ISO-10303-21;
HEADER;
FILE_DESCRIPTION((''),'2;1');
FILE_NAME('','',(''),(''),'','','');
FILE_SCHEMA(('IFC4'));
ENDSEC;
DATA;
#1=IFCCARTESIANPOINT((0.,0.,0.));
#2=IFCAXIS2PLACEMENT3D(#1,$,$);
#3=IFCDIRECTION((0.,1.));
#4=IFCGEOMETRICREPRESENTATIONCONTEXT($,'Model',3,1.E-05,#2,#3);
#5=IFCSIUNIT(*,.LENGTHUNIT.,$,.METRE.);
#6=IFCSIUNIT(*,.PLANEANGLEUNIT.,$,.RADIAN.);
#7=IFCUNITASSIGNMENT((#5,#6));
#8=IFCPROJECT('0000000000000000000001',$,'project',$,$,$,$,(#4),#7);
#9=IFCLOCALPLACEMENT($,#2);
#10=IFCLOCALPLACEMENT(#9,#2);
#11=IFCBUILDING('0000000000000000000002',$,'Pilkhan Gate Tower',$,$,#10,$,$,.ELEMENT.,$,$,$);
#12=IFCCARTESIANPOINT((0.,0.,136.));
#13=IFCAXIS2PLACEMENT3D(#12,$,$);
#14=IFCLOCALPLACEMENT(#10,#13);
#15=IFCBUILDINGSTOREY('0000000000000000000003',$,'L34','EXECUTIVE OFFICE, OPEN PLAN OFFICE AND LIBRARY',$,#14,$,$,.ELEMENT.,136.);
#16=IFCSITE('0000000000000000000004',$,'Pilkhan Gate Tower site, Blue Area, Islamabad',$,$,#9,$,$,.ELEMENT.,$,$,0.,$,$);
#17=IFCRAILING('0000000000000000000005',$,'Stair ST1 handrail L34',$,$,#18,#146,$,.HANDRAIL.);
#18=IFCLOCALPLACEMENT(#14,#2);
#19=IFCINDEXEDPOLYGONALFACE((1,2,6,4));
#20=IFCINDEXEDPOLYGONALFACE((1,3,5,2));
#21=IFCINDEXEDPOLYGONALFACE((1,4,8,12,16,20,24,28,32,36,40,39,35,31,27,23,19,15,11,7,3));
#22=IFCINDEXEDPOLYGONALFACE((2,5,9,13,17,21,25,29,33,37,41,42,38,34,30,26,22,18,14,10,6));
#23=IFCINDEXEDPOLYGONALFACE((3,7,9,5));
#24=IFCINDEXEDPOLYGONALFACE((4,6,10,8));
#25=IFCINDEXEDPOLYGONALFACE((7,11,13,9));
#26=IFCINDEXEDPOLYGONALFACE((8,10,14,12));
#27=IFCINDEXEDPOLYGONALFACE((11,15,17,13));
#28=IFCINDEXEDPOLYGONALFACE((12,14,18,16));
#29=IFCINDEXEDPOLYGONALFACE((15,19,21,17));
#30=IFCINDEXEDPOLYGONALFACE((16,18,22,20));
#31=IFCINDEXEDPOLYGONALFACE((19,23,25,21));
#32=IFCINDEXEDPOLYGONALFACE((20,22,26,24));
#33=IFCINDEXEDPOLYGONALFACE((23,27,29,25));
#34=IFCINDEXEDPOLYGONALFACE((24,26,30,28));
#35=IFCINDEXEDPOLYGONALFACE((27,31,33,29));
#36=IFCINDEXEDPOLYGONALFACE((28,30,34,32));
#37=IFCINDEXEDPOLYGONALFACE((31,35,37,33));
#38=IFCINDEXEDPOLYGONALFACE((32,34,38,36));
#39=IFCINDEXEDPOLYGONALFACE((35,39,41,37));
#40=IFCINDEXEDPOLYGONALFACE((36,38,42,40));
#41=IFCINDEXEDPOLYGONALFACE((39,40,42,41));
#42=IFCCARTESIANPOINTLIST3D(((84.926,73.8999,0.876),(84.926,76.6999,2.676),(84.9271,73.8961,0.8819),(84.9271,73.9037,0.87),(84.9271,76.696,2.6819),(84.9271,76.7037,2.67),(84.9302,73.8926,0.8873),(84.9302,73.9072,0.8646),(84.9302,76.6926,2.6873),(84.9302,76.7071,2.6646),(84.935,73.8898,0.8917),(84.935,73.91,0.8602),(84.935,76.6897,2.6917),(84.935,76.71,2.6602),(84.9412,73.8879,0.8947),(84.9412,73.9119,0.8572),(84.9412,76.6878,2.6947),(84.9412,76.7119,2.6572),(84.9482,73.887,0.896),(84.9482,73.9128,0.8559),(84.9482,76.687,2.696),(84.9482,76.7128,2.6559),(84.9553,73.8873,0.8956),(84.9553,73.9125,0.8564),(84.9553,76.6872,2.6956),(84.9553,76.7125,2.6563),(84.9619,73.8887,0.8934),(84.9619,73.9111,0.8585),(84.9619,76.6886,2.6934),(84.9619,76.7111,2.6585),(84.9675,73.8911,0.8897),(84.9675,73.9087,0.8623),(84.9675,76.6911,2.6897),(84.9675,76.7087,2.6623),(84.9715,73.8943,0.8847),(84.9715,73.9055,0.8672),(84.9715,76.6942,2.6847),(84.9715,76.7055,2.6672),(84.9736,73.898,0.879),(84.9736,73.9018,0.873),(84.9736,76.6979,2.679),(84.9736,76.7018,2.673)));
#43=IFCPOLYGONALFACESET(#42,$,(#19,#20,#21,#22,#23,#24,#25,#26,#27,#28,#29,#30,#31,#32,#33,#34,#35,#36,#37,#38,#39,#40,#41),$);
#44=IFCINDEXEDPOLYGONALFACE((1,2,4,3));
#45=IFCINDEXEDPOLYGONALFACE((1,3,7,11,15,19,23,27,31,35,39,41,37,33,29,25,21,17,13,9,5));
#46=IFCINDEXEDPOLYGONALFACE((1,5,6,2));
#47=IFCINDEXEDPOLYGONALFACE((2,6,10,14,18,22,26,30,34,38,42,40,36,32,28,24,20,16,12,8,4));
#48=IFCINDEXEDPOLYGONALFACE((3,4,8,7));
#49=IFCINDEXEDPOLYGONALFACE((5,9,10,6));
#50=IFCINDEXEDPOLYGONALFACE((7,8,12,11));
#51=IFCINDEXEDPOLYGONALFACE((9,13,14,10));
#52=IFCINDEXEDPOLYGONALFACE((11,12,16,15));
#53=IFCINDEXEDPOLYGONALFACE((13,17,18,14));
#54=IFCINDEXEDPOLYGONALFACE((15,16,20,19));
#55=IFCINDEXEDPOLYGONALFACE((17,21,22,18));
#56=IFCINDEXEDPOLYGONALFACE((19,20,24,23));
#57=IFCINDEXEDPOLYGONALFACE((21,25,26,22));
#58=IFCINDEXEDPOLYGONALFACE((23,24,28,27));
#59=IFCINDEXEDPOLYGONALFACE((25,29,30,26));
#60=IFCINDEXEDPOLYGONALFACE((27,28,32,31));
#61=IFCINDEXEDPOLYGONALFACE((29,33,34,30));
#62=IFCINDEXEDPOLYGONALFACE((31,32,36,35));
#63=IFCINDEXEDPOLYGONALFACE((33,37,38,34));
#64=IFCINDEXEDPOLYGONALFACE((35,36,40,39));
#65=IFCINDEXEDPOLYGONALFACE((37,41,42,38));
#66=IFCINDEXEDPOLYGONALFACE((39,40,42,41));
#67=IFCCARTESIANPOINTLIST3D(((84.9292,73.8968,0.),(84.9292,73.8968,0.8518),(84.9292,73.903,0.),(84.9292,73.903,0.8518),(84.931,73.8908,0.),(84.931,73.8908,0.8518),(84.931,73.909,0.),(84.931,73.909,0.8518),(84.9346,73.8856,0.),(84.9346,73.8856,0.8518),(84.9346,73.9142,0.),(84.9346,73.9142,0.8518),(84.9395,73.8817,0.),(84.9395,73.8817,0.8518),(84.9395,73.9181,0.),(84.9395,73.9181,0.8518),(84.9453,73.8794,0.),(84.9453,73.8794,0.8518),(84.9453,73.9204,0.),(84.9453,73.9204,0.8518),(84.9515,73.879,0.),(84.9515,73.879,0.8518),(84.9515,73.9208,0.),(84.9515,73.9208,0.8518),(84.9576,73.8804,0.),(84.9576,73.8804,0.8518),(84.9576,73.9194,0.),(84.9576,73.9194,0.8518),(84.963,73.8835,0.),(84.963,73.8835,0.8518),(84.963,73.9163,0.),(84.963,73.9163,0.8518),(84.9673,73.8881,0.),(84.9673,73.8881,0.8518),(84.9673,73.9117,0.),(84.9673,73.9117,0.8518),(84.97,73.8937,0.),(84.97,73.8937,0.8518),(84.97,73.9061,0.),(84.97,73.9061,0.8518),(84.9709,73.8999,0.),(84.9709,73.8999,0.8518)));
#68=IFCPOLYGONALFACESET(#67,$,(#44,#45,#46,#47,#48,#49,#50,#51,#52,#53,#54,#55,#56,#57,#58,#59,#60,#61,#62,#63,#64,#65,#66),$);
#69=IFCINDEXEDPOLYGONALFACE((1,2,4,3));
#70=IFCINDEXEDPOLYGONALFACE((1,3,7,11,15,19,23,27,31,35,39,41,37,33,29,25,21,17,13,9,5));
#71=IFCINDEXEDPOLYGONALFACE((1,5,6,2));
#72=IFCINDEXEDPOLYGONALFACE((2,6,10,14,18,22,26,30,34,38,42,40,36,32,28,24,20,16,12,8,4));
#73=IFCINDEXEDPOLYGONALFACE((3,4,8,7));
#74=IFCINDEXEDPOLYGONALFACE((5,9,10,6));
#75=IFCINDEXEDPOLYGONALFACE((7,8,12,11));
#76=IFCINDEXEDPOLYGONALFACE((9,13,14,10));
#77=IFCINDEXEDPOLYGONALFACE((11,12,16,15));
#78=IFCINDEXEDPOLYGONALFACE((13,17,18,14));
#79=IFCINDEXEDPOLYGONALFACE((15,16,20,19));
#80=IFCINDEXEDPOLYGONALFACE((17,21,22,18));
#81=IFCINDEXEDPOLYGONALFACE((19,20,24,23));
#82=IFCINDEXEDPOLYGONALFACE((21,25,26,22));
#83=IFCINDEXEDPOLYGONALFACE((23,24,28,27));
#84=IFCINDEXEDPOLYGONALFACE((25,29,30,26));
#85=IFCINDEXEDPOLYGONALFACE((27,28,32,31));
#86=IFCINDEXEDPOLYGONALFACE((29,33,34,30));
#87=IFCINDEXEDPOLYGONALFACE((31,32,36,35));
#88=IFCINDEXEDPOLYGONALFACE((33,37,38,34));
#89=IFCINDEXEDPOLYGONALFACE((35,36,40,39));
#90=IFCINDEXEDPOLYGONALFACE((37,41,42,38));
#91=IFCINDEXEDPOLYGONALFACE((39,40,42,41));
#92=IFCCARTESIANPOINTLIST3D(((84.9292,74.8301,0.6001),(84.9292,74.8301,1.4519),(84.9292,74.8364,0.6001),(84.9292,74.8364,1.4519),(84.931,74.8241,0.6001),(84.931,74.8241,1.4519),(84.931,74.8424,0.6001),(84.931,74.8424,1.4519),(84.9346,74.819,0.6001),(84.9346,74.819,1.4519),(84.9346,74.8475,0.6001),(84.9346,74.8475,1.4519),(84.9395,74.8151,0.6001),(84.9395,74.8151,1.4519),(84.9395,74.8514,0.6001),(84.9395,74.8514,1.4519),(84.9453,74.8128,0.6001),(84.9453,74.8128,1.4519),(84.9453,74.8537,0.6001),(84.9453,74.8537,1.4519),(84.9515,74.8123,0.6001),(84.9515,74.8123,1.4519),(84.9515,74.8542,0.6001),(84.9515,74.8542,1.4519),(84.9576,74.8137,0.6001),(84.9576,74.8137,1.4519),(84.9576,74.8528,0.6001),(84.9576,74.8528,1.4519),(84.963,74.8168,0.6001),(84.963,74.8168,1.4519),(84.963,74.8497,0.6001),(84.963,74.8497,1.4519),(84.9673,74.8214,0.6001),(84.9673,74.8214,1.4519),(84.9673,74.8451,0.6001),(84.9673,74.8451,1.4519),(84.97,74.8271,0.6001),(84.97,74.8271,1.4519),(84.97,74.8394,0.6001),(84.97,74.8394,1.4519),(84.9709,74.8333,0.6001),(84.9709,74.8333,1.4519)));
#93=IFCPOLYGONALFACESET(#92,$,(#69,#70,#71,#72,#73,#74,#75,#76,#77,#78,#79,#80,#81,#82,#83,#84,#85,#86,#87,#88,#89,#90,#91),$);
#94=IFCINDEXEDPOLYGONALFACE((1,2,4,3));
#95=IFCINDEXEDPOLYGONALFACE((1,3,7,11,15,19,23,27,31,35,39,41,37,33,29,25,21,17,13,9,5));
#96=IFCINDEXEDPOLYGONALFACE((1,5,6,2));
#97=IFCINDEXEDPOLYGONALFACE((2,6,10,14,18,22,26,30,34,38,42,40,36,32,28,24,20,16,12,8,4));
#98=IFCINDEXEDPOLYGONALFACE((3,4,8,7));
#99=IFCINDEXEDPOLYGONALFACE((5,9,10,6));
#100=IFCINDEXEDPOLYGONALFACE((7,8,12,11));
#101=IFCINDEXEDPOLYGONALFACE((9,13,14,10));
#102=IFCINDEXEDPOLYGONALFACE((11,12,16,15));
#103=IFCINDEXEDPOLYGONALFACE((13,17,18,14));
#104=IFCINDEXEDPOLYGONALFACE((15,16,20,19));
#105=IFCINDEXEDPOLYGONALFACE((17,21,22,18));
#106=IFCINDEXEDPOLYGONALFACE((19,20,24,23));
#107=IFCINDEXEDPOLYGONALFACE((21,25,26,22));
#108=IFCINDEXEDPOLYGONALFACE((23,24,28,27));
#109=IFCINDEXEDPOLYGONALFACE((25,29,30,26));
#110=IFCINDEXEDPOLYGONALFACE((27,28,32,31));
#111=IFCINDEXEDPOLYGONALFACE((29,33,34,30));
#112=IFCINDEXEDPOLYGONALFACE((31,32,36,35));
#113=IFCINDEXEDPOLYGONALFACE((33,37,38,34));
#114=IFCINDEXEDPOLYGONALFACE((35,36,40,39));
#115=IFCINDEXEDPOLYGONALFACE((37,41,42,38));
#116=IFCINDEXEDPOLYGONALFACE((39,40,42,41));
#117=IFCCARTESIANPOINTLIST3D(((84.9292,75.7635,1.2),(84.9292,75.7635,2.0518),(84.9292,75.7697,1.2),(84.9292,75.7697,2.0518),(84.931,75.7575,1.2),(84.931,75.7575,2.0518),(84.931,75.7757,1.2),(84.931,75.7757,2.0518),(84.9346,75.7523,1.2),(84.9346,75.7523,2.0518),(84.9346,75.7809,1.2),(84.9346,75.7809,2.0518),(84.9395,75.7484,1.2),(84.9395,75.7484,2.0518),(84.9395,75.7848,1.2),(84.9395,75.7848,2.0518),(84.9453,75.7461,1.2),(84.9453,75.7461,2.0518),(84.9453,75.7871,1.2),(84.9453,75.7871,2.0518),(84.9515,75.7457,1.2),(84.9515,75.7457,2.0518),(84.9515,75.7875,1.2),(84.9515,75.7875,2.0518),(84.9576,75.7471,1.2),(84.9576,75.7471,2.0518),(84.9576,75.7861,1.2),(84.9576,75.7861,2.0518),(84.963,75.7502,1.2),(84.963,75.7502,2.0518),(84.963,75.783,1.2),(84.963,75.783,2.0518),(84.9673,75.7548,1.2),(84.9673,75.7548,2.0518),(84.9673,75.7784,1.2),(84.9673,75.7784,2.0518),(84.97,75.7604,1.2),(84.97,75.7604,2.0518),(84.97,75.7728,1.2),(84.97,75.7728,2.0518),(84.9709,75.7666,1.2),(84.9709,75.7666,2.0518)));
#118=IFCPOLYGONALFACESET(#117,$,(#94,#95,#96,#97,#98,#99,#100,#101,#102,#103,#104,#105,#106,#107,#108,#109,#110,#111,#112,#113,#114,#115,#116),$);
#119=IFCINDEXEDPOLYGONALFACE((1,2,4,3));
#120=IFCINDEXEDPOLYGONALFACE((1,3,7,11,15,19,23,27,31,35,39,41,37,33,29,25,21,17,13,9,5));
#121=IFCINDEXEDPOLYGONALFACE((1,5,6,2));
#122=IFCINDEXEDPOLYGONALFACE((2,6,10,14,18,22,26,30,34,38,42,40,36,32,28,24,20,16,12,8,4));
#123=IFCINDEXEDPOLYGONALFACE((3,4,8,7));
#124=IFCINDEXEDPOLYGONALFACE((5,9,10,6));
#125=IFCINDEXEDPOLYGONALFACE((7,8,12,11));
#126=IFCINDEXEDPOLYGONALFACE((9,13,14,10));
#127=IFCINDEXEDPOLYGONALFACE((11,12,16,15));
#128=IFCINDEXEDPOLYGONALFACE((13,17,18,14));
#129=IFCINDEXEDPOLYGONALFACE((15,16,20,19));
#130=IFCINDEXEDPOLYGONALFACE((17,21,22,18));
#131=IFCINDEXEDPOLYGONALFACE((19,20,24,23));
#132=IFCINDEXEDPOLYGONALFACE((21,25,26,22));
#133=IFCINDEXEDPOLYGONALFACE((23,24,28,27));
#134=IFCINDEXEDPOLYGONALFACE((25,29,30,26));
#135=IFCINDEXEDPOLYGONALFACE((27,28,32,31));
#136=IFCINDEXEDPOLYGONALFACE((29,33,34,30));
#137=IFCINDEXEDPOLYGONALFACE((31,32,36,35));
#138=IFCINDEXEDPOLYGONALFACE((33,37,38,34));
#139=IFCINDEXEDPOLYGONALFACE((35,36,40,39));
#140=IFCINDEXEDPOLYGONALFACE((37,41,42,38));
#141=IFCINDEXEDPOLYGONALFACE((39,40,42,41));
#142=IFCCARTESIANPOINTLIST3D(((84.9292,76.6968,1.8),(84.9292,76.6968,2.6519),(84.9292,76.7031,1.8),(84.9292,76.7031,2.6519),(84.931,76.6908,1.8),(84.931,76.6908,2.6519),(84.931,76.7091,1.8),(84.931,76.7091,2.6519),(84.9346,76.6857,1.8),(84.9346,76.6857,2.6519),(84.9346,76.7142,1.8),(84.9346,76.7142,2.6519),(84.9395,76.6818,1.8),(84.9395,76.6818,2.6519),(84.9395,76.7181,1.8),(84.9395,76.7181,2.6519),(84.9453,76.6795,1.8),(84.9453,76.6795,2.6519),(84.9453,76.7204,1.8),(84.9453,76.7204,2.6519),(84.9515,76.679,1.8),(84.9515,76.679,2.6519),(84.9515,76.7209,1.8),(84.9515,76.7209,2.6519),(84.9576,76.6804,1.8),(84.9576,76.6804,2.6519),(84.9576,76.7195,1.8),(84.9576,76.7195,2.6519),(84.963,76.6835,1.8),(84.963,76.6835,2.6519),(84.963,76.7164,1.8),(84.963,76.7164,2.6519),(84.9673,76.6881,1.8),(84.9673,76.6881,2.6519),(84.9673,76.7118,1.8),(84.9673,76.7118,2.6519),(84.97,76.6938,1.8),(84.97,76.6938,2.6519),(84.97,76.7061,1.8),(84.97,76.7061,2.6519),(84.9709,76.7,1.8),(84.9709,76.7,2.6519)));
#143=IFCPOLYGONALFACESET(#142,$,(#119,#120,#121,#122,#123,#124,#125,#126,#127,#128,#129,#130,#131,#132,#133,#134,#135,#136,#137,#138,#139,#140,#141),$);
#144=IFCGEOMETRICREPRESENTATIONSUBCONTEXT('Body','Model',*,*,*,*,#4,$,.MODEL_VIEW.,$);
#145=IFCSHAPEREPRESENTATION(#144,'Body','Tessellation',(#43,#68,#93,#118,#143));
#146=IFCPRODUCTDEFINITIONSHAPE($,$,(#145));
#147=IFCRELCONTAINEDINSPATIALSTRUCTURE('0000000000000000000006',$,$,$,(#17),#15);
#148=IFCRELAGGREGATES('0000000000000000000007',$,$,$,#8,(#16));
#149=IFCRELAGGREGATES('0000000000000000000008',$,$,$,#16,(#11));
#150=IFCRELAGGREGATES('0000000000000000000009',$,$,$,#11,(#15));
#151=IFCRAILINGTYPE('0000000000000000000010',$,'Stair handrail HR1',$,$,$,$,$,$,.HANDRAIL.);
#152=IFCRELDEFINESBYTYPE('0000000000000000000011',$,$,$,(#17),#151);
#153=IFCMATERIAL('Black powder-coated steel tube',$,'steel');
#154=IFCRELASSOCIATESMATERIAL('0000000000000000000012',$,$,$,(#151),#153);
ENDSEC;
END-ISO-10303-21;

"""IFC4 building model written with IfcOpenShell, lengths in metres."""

from ifc_helpers import new_model, si_unit, direction, frame, origin, origin_2d, place, context, subcontext, project, spatial, circle, extrude, material, type_object, element, save


model = new_model("IFC4")

# Units and contexts
model_context = context("Model", 3, precision=1e-05, world=origin(), true_north=direction((0.0, 1.0)))
body_context = subcontext(model_context, "Body", "Model", "MODEL_VIEW")
ifc_project = project(units=[si_unit("LENGTHUNIT", "METRE"), si_unit("PLANEANGLEUNIT", "RADIAN")], contexts=[model_context])

# Site, building, storey
site_placement = place(None, origin())
site = spatial("IfcSite", under=ifc_project, at=site_placement, Name="Pilkhan Gate Tower site, Blue Area, Islamabad", CompositionType="ELEMENT", RefElevation=0.0)
building_placement = place(site_placement, origin())
building = spatial("IfcBuilding", under=site, at=building_placement, Name="Pilkhan Gate Tower", CompositionType="ELEMENT")
storey_placement = place(building_placement, frame((0.0, 0.0, 136.0)))
storey = spatial("IfcBuildingStorey", under=building, at=storey_placement, Name="L34", Description="EXECUTIVE OFFICE, OPEN PLAN OFFICE AND LIBRARY", CompositionType="ELEMENT", Elevation=136.0)

# Railing
ifc_material_1 = material(Name="Black powder-coated steel tube", Category="steel")
railing_type_1 = type_object("IfcRailingType", Name="Stair handrail HR1", PredefinedType="HANDRAIL", material=ifc_material_1)
railing_1_placement = place(storey_placement, frame((84.95, 73.8999, 0.0)))
element("IfcRailing", 1, at=railing_1_placement, inside=storey, type_object=railing_type_1, Name="Stair ST1 handrail L34", PredefinedType="HANDRAIL", context=body_context, shape_type="SweptSolid", body=[
    extrude(circle(Radius=0.0239, at=origin_2d()), frame((0.0, 0.0, 0.876), z_axis=(0.0, 0.841176, 0.540761), x_axis=(-1.0, 0.0, 0.0)), (0.0, 0.0, 1.0), 3.3286),
    extrude(circle(Radius=0.021, at=origin_2d()), origin(), (0.0, 0.0, 1.0), 0.8518),
    extrude(circle(Radius=0.021, at=origin_2d()), frame((0.0, 0.9333, 0.6001)), (0.0, 0.0, 1.0), 0.8518),
    extrude(circle(Radius=0.021, at=origin_2d()), frame((0.0, 1.8667, 1.2)), (0.0, 0.0, 1.0), 0.8518),
    extrude(circle(Radius=0.021, at=origin_2d()), frame((0.0, 2.8, 1.8)), (0.0, 0.0, 1.0), 0.8518),
])

save(model, "model.ifc")
